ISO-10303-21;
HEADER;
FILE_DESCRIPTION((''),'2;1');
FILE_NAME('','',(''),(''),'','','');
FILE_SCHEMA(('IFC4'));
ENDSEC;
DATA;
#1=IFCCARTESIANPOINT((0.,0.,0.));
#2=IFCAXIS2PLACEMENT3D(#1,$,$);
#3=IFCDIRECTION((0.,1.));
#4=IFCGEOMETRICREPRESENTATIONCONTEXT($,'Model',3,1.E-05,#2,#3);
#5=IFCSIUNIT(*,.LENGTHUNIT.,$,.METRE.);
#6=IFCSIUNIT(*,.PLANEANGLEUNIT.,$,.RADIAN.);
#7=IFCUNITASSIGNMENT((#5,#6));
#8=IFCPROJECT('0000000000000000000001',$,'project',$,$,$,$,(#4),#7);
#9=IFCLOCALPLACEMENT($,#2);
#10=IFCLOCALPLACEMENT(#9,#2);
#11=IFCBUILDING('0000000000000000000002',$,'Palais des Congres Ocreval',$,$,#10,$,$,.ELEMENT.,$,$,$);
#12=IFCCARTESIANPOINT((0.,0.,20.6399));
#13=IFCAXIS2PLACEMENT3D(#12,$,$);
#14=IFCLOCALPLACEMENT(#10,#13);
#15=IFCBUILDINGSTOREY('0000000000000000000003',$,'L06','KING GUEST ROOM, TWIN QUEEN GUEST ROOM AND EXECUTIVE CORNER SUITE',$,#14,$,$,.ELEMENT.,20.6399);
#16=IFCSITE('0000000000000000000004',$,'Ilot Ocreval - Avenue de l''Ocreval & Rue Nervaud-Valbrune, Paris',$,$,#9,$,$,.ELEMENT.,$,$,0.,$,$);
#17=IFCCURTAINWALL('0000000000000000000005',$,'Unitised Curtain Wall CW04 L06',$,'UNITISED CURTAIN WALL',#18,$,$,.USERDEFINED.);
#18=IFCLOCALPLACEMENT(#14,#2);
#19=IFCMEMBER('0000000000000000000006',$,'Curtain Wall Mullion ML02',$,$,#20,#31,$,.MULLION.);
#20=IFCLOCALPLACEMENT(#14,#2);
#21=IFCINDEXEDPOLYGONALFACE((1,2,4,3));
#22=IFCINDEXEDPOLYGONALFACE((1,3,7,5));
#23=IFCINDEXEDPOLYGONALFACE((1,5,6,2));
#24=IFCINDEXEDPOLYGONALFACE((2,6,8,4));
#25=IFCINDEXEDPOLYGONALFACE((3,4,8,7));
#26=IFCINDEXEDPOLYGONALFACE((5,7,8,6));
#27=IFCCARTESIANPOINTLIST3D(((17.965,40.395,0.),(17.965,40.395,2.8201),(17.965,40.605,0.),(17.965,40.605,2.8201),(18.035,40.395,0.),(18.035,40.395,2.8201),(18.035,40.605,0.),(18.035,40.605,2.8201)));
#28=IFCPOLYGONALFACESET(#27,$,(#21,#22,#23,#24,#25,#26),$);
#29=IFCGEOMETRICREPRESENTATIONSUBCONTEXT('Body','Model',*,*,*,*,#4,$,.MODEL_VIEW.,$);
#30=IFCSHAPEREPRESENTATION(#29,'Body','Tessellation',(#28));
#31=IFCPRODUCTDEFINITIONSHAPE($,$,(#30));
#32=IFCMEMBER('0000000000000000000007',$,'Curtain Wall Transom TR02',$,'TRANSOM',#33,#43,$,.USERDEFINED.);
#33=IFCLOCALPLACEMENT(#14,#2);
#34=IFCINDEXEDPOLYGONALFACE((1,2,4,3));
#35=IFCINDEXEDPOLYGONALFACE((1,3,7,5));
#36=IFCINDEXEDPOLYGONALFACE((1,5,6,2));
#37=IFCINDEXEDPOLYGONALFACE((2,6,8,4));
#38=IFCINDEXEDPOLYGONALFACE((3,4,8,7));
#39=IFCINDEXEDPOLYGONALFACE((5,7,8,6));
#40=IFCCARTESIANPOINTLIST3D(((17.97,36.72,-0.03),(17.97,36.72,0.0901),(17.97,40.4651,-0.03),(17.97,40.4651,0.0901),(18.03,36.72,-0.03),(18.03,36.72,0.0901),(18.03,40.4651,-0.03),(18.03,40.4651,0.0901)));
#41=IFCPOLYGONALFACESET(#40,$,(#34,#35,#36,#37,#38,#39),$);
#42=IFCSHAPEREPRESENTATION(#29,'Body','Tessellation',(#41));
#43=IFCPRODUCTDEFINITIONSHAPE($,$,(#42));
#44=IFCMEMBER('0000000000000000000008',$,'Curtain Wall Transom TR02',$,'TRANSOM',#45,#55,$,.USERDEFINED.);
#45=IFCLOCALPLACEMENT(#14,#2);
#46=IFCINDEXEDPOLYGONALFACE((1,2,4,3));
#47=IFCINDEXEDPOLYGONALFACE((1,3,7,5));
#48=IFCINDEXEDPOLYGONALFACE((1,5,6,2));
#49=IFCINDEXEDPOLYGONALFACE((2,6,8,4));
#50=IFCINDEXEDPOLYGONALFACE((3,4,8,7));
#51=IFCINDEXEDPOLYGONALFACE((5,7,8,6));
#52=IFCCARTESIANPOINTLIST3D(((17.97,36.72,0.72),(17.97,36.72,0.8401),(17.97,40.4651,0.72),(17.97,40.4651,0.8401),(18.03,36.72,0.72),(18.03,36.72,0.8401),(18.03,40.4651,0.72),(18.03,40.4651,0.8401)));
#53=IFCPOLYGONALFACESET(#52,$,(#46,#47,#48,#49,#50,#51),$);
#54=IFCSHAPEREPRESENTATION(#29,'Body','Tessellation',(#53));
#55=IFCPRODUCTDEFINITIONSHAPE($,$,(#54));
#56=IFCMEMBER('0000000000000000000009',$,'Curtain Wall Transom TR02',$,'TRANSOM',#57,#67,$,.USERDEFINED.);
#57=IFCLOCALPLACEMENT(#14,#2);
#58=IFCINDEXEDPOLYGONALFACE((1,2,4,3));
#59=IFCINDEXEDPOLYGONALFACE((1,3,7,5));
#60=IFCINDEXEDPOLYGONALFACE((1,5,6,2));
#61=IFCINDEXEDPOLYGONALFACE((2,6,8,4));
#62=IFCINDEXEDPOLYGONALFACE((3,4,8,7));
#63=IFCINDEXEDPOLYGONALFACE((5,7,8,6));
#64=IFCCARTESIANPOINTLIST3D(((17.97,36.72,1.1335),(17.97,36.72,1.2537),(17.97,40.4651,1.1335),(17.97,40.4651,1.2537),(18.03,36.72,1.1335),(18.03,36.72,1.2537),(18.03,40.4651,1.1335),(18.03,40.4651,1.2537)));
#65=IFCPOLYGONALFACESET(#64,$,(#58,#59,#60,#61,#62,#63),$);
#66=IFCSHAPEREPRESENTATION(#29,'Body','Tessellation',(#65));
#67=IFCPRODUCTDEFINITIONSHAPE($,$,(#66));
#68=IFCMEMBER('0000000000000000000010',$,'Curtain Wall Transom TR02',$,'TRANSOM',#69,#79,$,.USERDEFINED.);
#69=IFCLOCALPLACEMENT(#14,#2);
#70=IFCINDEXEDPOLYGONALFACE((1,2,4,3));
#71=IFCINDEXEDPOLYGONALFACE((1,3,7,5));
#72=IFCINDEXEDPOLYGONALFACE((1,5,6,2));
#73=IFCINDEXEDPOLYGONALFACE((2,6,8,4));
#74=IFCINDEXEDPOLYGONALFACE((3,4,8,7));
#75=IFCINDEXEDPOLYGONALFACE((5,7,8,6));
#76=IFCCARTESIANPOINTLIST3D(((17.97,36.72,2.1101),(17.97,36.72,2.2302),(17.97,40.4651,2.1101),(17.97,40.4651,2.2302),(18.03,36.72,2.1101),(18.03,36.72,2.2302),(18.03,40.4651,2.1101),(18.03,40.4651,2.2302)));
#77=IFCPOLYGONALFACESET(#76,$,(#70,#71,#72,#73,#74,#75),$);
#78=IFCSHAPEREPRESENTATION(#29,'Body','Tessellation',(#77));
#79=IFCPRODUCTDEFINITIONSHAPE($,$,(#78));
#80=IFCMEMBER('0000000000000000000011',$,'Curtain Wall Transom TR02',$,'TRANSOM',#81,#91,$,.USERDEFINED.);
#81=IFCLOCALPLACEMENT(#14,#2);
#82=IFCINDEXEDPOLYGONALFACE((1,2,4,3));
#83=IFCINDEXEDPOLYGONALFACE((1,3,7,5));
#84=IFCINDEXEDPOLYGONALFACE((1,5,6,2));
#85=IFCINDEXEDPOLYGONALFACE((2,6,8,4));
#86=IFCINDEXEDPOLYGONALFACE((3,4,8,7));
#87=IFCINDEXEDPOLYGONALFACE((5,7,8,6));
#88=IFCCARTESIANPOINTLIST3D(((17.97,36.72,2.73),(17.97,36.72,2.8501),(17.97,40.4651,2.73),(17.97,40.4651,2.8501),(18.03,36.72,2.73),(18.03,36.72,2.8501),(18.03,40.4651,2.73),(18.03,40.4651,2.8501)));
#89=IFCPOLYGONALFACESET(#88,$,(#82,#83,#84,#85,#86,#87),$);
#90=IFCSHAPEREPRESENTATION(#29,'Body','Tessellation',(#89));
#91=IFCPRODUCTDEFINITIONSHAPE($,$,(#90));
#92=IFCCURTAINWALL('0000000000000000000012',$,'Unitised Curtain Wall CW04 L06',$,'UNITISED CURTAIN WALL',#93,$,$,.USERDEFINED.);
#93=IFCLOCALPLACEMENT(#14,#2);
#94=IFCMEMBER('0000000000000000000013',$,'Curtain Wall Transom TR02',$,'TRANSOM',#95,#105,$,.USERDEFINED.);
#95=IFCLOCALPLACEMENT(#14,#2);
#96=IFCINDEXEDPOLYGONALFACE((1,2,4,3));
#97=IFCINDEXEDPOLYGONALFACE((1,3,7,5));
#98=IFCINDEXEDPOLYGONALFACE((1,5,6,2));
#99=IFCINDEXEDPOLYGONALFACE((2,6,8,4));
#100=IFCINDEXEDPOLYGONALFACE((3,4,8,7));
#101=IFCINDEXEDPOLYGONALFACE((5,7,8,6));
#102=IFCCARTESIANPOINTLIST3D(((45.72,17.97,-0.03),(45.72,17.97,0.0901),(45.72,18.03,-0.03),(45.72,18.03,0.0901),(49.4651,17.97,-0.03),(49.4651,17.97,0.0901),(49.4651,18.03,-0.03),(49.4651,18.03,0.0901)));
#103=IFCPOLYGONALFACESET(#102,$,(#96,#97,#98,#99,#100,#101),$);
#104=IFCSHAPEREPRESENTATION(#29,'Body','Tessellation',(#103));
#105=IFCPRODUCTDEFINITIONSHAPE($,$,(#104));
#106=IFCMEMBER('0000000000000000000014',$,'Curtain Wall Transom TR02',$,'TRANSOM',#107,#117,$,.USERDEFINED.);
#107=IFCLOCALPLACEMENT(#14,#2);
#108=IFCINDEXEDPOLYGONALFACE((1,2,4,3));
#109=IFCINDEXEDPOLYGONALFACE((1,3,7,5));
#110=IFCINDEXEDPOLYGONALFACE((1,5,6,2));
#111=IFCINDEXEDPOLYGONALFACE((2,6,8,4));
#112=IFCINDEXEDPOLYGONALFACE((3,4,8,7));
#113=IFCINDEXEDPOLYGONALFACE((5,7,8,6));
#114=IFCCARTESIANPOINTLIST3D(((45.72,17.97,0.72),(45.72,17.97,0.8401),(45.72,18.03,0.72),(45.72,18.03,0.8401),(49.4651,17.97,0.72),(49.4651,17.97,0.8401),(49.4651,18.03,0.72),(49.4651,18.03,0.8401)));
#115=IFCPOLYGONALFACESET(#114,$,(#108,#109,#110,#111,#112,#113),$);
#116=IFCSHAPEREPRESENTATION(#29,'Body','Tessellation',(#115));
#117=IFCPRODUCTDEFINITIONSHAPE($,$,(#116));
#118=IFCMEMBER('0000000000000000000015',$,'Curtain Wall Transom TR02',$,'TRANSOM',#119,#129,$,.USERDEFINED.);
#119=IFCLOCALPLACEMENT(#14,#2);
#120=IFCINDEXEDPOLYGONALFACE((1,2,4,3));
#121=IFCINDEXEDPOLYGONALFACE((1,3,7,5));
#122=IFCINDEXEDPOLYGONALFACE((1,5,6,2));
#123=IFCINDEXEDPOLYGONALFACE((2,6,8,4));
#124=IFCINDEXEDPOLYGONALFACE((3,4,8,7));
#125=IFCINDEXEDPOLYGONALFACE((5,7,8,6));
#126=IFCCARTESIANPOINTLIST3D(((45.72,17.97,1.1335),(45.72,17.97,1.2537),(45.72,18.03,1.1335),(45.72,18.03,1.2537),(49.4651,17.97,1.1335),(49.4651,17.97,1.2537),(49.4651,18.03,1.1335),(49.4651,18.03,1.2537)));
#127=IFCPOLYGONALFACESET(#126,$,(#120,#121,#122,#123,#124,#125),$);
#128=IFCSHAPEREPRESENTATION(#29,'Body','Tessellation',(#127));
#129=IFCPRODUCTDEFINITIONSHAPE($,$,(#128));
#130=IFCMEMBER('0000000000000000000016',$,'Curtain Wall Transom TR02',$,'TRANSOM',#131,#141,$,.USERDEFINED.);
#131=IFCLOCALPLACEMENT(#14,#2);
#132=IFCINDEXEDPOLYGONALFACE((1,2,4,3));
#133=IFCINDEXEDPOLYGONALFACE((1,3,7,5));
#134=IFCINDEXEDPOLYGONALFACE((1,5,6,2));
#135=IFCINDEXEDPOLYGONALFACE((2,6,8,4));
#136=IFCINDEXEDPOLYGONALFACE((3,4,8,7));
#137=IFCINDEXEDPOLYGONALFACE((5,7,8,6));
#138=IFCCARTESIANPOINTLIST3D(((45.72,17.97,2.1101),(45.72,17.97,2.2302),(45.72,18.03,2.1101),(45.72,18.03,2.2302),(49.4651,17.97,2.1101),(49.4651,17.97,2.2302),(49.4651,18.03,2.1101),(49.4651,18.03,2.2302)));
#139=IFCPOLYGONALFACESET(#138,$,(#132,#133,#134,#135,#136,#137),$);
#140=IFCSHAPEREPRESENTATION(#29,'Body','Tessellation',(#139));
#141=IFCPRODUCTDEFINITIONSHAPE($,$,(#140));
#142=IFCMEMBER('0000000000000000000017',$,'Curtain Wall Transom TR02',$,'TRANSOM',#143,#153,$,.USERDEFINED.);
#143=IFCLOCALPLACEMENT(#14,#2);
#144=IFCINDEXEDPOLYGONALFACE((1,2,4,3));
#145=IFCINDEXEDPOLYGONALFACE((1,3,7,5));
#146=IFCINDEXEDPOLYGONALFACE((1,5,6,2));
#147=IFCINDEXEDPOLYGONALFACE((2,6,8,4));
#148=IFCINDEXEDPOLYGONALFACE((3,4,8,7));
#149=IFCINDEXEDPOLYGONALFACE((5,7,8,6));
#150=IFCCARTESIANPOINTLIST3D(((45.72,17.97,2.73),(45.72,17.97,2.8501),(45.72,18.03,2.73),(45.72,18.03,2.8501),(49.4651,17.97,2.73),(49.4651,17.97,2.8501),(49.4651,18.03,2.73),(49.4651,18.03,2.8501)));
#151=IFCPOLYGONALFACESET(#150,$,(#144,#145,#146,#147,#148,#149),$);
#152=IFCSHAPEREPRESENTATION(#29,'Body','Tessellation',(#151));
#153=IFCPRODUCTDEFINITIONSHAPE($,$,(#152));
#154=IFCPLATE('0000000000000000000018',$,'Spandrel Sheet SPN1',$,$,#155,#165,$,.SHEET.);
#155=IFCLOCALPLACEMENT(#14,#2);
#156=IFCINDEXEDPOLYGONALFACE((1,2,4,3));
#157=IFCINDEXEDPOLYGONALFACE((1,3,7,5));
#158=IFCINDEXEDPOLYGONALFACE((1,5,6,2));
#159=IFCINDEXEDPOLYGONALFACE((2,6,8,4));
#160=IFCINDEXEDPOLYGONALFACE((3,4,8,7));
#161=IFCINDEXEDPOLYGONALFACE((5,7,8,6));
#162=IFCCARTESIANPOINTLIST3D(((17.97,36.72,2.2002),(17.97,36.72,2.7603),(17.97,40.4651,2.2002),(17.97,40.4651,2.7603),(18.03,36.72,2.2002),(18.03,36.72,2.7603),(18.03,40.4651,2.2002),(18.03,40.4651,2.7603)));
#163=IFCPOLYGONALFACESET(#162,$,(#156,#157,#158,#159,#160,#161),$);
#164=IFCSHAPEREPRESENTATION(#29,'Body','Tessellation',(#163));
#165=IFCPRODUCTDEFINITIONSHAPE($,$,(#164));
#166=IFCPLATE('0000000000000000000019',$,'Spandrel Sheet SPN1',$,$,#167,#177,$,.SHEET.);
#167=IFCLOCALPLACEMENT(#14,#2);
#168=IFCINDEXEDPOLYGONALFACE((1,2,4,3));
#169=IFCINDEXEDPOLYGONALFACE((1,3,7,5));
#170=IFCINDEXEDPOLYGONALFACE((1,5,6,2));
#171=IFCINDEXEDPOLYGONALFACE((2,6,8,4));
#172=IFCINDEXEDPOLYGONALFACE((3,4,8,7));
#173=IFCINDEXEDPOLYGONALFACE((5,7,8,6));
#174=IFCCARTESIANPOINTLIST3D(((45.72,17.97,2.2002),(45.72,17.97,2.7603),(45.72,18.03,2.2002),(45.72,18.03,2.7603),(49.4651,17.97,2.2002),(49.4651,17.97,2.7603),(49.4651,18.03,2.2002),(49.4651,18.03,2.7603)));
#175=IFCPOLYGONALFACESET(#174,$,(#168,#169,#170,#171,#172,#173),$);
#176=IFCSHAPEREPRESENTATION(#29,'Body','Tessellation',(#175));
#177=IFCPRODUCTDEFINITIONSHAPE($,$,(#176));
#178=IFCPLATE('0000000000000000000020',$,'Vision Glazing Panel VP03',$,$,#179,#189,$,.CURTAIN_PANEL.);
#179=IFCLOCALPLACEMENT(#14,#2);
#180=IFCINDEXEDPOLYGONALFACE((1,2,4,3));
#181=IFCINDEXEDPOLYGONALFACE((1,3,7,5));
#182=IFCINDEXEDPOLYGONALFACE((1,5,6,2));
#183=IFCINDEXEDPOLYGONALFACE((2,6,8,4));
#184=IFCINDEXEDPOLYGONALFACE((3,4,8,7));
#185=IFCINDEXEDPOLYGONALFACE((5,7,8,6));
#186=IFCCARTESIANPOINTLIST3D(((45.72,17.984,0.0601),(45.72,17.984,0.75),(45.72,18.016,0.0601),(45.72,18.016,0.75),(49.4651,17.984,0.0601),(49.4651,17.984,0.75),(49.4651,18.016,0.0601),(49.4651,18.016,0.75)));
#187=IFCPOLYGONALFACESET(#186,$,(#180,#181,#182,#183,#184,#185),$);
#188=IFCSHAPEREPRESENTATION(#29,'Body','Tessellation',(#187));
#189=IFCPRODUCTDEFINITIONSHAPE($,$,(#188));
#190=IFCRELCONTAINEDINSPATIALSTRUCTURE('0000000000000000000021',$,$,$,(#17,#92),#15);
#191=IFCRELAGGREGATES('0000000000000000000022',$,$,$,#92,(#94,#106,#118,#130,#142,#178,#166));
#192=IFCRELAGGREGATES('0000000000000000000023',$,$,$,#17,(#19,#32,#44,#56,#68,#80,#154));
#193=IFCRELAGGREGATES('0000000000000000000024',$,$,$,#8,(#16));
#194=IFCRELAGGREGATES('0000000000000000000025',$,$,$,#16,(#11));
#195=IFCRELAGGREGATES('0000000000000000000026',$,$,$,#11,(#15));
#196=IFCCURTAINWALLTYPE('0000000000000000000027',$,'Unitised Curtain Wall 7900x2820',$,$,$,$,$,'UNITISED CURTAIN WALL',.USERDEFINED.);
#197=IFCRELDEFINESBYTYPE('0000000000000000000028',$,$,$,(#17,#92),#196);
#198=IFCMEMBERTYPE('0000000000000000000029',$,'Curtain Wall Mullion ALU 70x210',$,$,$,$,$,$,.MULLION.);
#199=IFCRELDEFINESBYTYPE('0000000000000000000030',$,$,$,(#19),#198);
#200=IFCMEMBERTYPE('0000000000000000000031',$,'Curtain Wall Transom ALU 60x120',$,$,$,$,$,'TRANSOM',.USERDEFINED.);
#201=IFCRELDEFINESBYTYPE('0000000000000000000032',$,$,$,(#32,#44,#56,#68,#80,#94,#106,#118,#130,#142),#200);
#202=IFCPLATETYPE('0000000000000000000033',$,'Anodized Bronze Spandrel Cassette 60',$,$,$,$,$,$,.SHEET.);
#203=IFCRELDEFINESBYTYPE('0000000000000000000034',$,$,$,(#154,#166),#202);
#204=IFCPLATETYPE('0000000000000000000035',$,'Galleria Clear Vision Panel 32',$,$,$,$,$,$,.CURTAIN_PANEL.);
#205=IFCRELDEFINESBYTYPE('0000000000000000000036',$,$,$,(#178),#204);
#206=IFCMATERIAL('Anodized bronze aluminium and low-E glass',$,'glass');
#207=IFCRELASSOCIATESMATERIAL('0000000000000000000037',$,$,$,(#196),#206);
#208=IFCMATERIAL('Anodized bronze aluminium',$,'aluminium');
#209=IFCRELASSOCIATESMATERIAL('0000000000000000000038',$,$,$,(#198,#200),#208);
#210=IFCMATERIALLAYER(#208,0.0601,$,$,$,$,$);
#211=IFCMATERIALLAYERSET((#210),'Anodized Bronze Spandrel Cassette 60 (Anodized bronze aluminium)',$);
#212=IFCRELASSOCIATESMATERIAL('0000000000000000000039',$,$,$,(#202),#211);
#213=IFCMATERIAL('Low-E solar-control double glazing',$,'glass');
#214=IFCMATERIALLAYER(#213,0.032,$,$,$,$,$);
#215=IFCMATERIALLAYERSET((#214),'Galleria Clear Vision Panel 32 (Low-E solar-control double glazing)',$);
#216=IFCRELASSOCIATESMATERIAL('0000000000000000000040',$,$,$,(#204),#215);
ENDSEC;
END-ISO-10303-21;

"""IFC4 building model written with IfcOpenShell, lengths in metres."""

from ifc_helpers import new_model, si_unit, direction, frame, origin, origin_2d, place, context, subcontext, project, spatial, rectangle, extrude, material, layer, layer_set, material_profile, profile_set, type_object, element, aggregate, save


model = new_model("IFC4")

# Units and contexts
model_context = context("Model", 3, precision=1e-05, world=origin(), true_north=direction((0.0, 1.0)))
body_context = subcontext(model_context, "Body", "Model", "MODEL_VIEW")
ifc_project = project(units=[si_unit("LENGTHUNIT", "METRE"), si_unit("PLANEANGLEUNIT", "RADIAN")], contexts=[model_context])

# Site, building, storey
site_placement = place(None, origin())
site = spatial("IfcSite", under=ifc_project, at=site_placement, Name="Ilot Ocreval - Avenue de l'Ocreval & Rue Nervaud-Valbrune, Paris", CompositionType="ELEMENT", RefElevation=0.0)
building_placement = place(site_placement, origin())
building = spatial("IfcBuilding", under=site, at=building_placement, Name="Palais des Congres Ocreval", CompositionType="ELEMENT")
storey_placement = place(building_placement, frame((0.0, 0.0, 20.6399)))
storey = spatial("IfcBuildingStorey", under=building, at=storey_placement, Name="L06", Description="KING GUEST ROOM, TWIN QUEEN GUEST ROOM AND EXECUTIVE CORNER SUITE", CompositionType="ELEMENT", Elevation=20.6399)

# Curtain walls, members
ifc_material_1 = material(Name="Anodized bronze aluminium and low-E glass", Category="glass")
curtain_wall_type = type_object("IfcCurtainWallType", Name="Unitised Curtain Wall 7900x2820", ElementType="UNITISED CURTAIN WALL", PredefinedType="USERDEFINED", material=ifc_material_1)
curtain_wall_1_placement = place(storey_placement, origin())
curtain_wall_1 = element("IfcCurtainWall", 1, at=curtain_wall_1_placement, inside=storey, type_object=curtain_wall_type, Name="Unitised Curtain Wall CW04 L06", ObjectType="UNITISED CURTAIN WALL", PredefinedType="USERDEFINED")
ifc_material_2 = material(Name="Anodized bronze aluminium", Category="aluminium")
ifc_material_profile_1 = material_profile(ifc_material_2, rectangle(XDim=0.0701, YDim=0.21, at=origin_2d()), Name="ALU 70x210")
ifc_profile_set_1 = profile_set([ifc_material_profile_1], Name="Anodized bronze aluminium")
member_type_1 = type_object("IfcMemberType", Name="Curtain Wall Mullion ALU 70x210", PredefinedType="MULLION", material=ifc_profile_set_1)
member_1_placement = place(storey_placement, frame((18.0, 40.5, 0.0), z_axis=(0.0, 0.0, 1.0), x_axis=(1.0, 0.0, 0.0)))
member_1 = element("IfcMember", 2, at=member_1_placement, type_object=member_type_1, Name="Curtain Wall Mullion ML02", PredefinedType="MULLION", context=body_context, shape_type="SweptSolid", body=[
    extrude(rectangle(XDim=0.0701, YDim=0.21, at=origin_2d()), origin(), (0.0, 0.0, 1.0), 2.8201),
])
ifc_material_profile_2 = material_profile(ifc_material_2, rectangle(XDim=0.0601, YDim=0.1201, at=origin_2d()), Name="ALU 60x120")
ifc_profile_set_2 = profile_set([ifc_material_profile_2], Name="Anodized bronze aluminium")
member_type_2 = type_object("IfcMemberType", Name="Curtain Wall Transom ALU 60x120", ElementType="TRANSOM", PredefinedType="USERDEFINED", material=ifc_profile_set_2)
member_2_placement = place(storey_placement, frame((18.0, 40.4651, 0.03), z_axis=(0.0, -1.0, 0.0), x_axis=(1.0, 0.0, 0.0)))
member_2 = element("IfcMember", 3, at=member_2_placement, type_object=member_type_2, Name="Curtain Wall Transom TR02", ObjectType="TRANSOM", PredefinedType="USERDEFINED", context=body_context, shape_type="SweptSolid", body=[
    extrude(rectangle(XDim=0.0601, YDim=0.1201, at=origin_2d()), origin(), (0.0, 0.0, 1.0), 3.7451),
])
member_3_placement = place(storey_placement, frame((18.0, 40.4651, 0.78), z_axis=(0.0, -1.0, 0.0), x_axis=(1.0, 0.0, 0.0)))
member_3 = element("IfcMember", 4, at=member_3_placement, type_object=member_type_2, Name="Curtain Wall Transom TR02", ObjectType="TRANSOM", PredefinedType="USERDEFINED", context=body_context, shape_type="SweptSolid", body=[
    extrude(rectangle(XDim=0.0601, YDim=0.1201, at=origin_2d()), origin(), (0.0, 0.0, 1.0), 3.7451),
])
member_4_placement = place(storey_placement, frame((18.0, 40.4651, 1.1936), z_axis=(0.0, -1.0, 0.0), x_axis=(1.0, 0.0, 0.0)))
member_4 = element("IfcMember", 5, at=member_4_placement, type_object=member_type_2, Name="Curtain Wall Transom TR02", ObjectType="TRANSOM", PredefinedType="USERDEFINED", context=body_context, shape_type="SweptSolid", body=[
    extrude(rectangle(XDim=0.0601, YDim=0.1201, at=origin_2d()), origin(), (0.0, 0.0, 1.0), 3.7451),
])
member_5_placement = place(storey_placement, frame((18.0, 40.4651, 2.1702), z_axis=(0.0, -1.0, 0.0), x_axis=(1.0, 0.0, 0.0)))
member_5 = element("IfcMember", 6, at=member_5_placement, type_object=member_type_2, Name="Curtain Wall Transom TR02", ObjectType="TRANSOM", PredefinedType="USERDEFINED", context=body_context, shape_type="SweptSolid", body=[
    extrude(rectangle(XDim=0.0601, YDim=0.1201, at=origin_2d()), origin(), (0.0, 0.0, 1.0), 3.7451),
])
member_6_placement = place(storey_placement, frame((18.0, 40.4651, 2.79), z_axis=(0.0, -1.0, 0.0), x_axis=(1.0, 0.0, 0.0)))
member_6 = element("IfcMember", 7, at=member_6_placement, type_object=member_type_2, Name="Curtain Wall Transom TR02", ObjectType="TRANSOM", PredefinedType="USERDEFINED", context=body_context, shape_type="SweptSolid", body=[
    extrude(rectangle(XDim=0.0601, YDim=0.1201, at=origin_2d()), origin(), (0.0, 0.0, 1.0), 3.7451),
])
curtain_wall_2_placement = place(storey_placement, origin())
curtain_wall_2 = element("IfcCurtainWall", 8, at=curtain_wall_2_placement, inside=storey, type_object=curtain_wall_type, Name="Unitised Curtain Wall CW04 L06", ObjectType="UNITISED CURTAIN WALL", PredefinedType="USERDEFINED")
member_7_placement = place(storey_placement, frame((45.72, 18.0, 0.03), z_axis=(1.0, 0.0, 0.0), x_axis=(0.0, 1.0, 0.0)))
member_7 = element("IfcMember", 9, at=member_7_placement, type_object=member_type_2, Name="Curtain Wall Transom TR02", ObjectType="TRANSOM", PredefinedType="USERDEFINED", context=body_context, shape_type="SweptSolid", body=[
    extrude(rectangle(XDim=0.0601, YDim=0.1201, at=origin_2d()), origin(), (0.0, 0.0, 1.0), 3.7451),
])
member_8_placement = place(storey_placement, frame((45.72, 18.0, 0.78), z_axis=(1.0, 0.0, 0.0), x_axis=(0.0, 1.0, 0.0)))
member_8 = element("IfcMember", 10, at=member_8_placement, type_object=member_type_2, Name="Curtain Wall Transom TR02", ObjectType="TRANSOM", PredefinedType="USERDEFINED", context=body_context, shape_type="SweptSolid", body=[
    extrude(rectangle(XDim=0.0601, YDim=0.1201, at=origin_2d()), origin(), (0.0, 0.0, 1.0), 3.7451),
])
member_9_placement = place(storey_placement, frame((45.72, 18.0, 1.1936), z_axis=(1.0, 0.0, 0.0), x_axis=(0.0, 1.0, 0.0)))
member_9 = element("IfcMember", 11, at=member_9_placement, type_object=member_type_2, Name="Curtain Wall Transom TR02", ObjectType="TRANSOM", PredefinedType="USERDEFINED", context=body_context, shape_type="SweptSolid", body=[
    extrude(rectangle(XDim=0.0601, YDim=0.1201, at=origin_2d()), origin(), (0.0, 0.0, 1.0), 3.7451),
])
member_10_placement = place(storey_placement, frame((45.72, 18.0, 2.1702), z_axis=(1.0, 0.0, 0.0), x_axis=(0.0, 1.0, 0.0)))
member_10 = element("IfcMember", 12, at=member_10_placement, type_object=member_type_2, Name="Curtain Wall Transom TR02", ObjectType="TRANSOM", PredefinedType="USERDEFINED", context=body_context, shape_type="SweptSolid", body=[
    extrude(rectangle(XDim=0.0601, YDim=0.1201, at=origin_2d()), origin(), (0.0, 0.0, 1.0), 3.7451),
])
member_11_placement = place(storey_placement, frame((45.72, 18.0, 2.79), z_axis=(1.0, 0.0, 0.0), x_axis=(0.0, 1.0, 0.0)))
member_11 = element("IfcMember", 13, at=member_11_placement, type_object=member_type_2, Name="Curtain Wall Transom TR02", ObjectType="TRANSOM", PredefinedType="USERDEFINED", context=body_context, shape_type="SweptSolid", body=[
    extrude(rectangle(XDim=0.0601, YDim=0.1201, at=origin_2d()), origin(), (0.0, 0.0, 1.0), 3.7451),
])

# Plates
ifc_layer_1 = layer(ifc_material_2, 0.0601)
ifc_layer_set_1 = layer_set([ifc_layer_1], Name="Anodized Bronze Spandrel Cassette 60 (Anodized bronze aluminium)")
plate_type_1 = type_object("IfcPlateType", Name="Anodized Bronze Spandrel Cassette 60", PredefinedType="SHEET", material=ifc_layer_set_1)
plate_1_placement = place(storey_placement, frame((18.0, 38.5925, 2.2002), z_axis=(0.0, 0.0, 1.0), x_axis=(0.0, -1.0, 0.0)))
plate_1 = element("IfcPlate", 14, at=plate_1_placement, type_object=plate_type_1, Name="Spandrel Sheet SPN1", PredefinedType="SHEET", context=body_context, shape_type="SweptSolid", body=[
    extrude(rectangle(XDim=3.7451, YDim=0.0601, at=origin_2d()), origin(), (0.0, 0.0, 1.0), 0.5601),
])
plate_2_placement = place(storey_placement, frame((47.5925, 18.0, 2.2002), z_axis=(0.0, 0.0, 1.0), x_axis=(1.0, 0.0, 0.0)))
plate_2 = element("IfcPlate", 15, at=plate_2_placement, type_object=plate_type_1, Name="Spandrel Sheet SPN1", PredefinedType="SHEET", context=body_context, shape_type="SweptSolid", body=[
    extrude(rectangle(XDim=3.7451, YDim=0.0601, at=origin_2d()), origin(), (0.0, 0.0, 1.0), 0.5601),
])
ifc_material_3 = material(Name="Low-E solar-control double glazing", Category="glass")
ifc_layer_2 = layer(ifc_material_3, 0.032)
ifc_layer_set_2 = layer_set([ifc_layer_2], Name="Galleria Clear Vision Panel 32 (Low-E solar-control double glazing)")
plate_type_2 = type_object("IfcPlateType", Name="Galleria Clear Vision Panel 32", PredefinedType="CURTAIN_PANEL", material=ifc_layer_set_2)
plate_3_placement = place(storey_placement, frame((47.5925, 18.0, 0.0601), z_axis=(0.0, 0.0, 1.0), x_axis=(1.0, 0.0, 0.0)))
plate_3 = element("IfcPlate", 16, at=plate_3_placement, type_object=plate_type_2, Name="Vision Glazing Panel VP03", PredefinedType="CURTAIN_PANEL", context=body_context, shape_type="SweptSolid", body=[
    extrude(rectangle(XDim=3.7451, YDim=0.032, at=origin_2d()), origin(), (0.0, 0.0, 1.0), 0.6899),
])
aggregate(curtain_wall_2, [member_7, member_8, member_9, member_10, member_11, plate_3, plate_2])
aggregate(curtain_wall_1, [member_1, member_2, member_3, member_4, member_5, member_6, plate_1])

save(model, "model.ifc")
